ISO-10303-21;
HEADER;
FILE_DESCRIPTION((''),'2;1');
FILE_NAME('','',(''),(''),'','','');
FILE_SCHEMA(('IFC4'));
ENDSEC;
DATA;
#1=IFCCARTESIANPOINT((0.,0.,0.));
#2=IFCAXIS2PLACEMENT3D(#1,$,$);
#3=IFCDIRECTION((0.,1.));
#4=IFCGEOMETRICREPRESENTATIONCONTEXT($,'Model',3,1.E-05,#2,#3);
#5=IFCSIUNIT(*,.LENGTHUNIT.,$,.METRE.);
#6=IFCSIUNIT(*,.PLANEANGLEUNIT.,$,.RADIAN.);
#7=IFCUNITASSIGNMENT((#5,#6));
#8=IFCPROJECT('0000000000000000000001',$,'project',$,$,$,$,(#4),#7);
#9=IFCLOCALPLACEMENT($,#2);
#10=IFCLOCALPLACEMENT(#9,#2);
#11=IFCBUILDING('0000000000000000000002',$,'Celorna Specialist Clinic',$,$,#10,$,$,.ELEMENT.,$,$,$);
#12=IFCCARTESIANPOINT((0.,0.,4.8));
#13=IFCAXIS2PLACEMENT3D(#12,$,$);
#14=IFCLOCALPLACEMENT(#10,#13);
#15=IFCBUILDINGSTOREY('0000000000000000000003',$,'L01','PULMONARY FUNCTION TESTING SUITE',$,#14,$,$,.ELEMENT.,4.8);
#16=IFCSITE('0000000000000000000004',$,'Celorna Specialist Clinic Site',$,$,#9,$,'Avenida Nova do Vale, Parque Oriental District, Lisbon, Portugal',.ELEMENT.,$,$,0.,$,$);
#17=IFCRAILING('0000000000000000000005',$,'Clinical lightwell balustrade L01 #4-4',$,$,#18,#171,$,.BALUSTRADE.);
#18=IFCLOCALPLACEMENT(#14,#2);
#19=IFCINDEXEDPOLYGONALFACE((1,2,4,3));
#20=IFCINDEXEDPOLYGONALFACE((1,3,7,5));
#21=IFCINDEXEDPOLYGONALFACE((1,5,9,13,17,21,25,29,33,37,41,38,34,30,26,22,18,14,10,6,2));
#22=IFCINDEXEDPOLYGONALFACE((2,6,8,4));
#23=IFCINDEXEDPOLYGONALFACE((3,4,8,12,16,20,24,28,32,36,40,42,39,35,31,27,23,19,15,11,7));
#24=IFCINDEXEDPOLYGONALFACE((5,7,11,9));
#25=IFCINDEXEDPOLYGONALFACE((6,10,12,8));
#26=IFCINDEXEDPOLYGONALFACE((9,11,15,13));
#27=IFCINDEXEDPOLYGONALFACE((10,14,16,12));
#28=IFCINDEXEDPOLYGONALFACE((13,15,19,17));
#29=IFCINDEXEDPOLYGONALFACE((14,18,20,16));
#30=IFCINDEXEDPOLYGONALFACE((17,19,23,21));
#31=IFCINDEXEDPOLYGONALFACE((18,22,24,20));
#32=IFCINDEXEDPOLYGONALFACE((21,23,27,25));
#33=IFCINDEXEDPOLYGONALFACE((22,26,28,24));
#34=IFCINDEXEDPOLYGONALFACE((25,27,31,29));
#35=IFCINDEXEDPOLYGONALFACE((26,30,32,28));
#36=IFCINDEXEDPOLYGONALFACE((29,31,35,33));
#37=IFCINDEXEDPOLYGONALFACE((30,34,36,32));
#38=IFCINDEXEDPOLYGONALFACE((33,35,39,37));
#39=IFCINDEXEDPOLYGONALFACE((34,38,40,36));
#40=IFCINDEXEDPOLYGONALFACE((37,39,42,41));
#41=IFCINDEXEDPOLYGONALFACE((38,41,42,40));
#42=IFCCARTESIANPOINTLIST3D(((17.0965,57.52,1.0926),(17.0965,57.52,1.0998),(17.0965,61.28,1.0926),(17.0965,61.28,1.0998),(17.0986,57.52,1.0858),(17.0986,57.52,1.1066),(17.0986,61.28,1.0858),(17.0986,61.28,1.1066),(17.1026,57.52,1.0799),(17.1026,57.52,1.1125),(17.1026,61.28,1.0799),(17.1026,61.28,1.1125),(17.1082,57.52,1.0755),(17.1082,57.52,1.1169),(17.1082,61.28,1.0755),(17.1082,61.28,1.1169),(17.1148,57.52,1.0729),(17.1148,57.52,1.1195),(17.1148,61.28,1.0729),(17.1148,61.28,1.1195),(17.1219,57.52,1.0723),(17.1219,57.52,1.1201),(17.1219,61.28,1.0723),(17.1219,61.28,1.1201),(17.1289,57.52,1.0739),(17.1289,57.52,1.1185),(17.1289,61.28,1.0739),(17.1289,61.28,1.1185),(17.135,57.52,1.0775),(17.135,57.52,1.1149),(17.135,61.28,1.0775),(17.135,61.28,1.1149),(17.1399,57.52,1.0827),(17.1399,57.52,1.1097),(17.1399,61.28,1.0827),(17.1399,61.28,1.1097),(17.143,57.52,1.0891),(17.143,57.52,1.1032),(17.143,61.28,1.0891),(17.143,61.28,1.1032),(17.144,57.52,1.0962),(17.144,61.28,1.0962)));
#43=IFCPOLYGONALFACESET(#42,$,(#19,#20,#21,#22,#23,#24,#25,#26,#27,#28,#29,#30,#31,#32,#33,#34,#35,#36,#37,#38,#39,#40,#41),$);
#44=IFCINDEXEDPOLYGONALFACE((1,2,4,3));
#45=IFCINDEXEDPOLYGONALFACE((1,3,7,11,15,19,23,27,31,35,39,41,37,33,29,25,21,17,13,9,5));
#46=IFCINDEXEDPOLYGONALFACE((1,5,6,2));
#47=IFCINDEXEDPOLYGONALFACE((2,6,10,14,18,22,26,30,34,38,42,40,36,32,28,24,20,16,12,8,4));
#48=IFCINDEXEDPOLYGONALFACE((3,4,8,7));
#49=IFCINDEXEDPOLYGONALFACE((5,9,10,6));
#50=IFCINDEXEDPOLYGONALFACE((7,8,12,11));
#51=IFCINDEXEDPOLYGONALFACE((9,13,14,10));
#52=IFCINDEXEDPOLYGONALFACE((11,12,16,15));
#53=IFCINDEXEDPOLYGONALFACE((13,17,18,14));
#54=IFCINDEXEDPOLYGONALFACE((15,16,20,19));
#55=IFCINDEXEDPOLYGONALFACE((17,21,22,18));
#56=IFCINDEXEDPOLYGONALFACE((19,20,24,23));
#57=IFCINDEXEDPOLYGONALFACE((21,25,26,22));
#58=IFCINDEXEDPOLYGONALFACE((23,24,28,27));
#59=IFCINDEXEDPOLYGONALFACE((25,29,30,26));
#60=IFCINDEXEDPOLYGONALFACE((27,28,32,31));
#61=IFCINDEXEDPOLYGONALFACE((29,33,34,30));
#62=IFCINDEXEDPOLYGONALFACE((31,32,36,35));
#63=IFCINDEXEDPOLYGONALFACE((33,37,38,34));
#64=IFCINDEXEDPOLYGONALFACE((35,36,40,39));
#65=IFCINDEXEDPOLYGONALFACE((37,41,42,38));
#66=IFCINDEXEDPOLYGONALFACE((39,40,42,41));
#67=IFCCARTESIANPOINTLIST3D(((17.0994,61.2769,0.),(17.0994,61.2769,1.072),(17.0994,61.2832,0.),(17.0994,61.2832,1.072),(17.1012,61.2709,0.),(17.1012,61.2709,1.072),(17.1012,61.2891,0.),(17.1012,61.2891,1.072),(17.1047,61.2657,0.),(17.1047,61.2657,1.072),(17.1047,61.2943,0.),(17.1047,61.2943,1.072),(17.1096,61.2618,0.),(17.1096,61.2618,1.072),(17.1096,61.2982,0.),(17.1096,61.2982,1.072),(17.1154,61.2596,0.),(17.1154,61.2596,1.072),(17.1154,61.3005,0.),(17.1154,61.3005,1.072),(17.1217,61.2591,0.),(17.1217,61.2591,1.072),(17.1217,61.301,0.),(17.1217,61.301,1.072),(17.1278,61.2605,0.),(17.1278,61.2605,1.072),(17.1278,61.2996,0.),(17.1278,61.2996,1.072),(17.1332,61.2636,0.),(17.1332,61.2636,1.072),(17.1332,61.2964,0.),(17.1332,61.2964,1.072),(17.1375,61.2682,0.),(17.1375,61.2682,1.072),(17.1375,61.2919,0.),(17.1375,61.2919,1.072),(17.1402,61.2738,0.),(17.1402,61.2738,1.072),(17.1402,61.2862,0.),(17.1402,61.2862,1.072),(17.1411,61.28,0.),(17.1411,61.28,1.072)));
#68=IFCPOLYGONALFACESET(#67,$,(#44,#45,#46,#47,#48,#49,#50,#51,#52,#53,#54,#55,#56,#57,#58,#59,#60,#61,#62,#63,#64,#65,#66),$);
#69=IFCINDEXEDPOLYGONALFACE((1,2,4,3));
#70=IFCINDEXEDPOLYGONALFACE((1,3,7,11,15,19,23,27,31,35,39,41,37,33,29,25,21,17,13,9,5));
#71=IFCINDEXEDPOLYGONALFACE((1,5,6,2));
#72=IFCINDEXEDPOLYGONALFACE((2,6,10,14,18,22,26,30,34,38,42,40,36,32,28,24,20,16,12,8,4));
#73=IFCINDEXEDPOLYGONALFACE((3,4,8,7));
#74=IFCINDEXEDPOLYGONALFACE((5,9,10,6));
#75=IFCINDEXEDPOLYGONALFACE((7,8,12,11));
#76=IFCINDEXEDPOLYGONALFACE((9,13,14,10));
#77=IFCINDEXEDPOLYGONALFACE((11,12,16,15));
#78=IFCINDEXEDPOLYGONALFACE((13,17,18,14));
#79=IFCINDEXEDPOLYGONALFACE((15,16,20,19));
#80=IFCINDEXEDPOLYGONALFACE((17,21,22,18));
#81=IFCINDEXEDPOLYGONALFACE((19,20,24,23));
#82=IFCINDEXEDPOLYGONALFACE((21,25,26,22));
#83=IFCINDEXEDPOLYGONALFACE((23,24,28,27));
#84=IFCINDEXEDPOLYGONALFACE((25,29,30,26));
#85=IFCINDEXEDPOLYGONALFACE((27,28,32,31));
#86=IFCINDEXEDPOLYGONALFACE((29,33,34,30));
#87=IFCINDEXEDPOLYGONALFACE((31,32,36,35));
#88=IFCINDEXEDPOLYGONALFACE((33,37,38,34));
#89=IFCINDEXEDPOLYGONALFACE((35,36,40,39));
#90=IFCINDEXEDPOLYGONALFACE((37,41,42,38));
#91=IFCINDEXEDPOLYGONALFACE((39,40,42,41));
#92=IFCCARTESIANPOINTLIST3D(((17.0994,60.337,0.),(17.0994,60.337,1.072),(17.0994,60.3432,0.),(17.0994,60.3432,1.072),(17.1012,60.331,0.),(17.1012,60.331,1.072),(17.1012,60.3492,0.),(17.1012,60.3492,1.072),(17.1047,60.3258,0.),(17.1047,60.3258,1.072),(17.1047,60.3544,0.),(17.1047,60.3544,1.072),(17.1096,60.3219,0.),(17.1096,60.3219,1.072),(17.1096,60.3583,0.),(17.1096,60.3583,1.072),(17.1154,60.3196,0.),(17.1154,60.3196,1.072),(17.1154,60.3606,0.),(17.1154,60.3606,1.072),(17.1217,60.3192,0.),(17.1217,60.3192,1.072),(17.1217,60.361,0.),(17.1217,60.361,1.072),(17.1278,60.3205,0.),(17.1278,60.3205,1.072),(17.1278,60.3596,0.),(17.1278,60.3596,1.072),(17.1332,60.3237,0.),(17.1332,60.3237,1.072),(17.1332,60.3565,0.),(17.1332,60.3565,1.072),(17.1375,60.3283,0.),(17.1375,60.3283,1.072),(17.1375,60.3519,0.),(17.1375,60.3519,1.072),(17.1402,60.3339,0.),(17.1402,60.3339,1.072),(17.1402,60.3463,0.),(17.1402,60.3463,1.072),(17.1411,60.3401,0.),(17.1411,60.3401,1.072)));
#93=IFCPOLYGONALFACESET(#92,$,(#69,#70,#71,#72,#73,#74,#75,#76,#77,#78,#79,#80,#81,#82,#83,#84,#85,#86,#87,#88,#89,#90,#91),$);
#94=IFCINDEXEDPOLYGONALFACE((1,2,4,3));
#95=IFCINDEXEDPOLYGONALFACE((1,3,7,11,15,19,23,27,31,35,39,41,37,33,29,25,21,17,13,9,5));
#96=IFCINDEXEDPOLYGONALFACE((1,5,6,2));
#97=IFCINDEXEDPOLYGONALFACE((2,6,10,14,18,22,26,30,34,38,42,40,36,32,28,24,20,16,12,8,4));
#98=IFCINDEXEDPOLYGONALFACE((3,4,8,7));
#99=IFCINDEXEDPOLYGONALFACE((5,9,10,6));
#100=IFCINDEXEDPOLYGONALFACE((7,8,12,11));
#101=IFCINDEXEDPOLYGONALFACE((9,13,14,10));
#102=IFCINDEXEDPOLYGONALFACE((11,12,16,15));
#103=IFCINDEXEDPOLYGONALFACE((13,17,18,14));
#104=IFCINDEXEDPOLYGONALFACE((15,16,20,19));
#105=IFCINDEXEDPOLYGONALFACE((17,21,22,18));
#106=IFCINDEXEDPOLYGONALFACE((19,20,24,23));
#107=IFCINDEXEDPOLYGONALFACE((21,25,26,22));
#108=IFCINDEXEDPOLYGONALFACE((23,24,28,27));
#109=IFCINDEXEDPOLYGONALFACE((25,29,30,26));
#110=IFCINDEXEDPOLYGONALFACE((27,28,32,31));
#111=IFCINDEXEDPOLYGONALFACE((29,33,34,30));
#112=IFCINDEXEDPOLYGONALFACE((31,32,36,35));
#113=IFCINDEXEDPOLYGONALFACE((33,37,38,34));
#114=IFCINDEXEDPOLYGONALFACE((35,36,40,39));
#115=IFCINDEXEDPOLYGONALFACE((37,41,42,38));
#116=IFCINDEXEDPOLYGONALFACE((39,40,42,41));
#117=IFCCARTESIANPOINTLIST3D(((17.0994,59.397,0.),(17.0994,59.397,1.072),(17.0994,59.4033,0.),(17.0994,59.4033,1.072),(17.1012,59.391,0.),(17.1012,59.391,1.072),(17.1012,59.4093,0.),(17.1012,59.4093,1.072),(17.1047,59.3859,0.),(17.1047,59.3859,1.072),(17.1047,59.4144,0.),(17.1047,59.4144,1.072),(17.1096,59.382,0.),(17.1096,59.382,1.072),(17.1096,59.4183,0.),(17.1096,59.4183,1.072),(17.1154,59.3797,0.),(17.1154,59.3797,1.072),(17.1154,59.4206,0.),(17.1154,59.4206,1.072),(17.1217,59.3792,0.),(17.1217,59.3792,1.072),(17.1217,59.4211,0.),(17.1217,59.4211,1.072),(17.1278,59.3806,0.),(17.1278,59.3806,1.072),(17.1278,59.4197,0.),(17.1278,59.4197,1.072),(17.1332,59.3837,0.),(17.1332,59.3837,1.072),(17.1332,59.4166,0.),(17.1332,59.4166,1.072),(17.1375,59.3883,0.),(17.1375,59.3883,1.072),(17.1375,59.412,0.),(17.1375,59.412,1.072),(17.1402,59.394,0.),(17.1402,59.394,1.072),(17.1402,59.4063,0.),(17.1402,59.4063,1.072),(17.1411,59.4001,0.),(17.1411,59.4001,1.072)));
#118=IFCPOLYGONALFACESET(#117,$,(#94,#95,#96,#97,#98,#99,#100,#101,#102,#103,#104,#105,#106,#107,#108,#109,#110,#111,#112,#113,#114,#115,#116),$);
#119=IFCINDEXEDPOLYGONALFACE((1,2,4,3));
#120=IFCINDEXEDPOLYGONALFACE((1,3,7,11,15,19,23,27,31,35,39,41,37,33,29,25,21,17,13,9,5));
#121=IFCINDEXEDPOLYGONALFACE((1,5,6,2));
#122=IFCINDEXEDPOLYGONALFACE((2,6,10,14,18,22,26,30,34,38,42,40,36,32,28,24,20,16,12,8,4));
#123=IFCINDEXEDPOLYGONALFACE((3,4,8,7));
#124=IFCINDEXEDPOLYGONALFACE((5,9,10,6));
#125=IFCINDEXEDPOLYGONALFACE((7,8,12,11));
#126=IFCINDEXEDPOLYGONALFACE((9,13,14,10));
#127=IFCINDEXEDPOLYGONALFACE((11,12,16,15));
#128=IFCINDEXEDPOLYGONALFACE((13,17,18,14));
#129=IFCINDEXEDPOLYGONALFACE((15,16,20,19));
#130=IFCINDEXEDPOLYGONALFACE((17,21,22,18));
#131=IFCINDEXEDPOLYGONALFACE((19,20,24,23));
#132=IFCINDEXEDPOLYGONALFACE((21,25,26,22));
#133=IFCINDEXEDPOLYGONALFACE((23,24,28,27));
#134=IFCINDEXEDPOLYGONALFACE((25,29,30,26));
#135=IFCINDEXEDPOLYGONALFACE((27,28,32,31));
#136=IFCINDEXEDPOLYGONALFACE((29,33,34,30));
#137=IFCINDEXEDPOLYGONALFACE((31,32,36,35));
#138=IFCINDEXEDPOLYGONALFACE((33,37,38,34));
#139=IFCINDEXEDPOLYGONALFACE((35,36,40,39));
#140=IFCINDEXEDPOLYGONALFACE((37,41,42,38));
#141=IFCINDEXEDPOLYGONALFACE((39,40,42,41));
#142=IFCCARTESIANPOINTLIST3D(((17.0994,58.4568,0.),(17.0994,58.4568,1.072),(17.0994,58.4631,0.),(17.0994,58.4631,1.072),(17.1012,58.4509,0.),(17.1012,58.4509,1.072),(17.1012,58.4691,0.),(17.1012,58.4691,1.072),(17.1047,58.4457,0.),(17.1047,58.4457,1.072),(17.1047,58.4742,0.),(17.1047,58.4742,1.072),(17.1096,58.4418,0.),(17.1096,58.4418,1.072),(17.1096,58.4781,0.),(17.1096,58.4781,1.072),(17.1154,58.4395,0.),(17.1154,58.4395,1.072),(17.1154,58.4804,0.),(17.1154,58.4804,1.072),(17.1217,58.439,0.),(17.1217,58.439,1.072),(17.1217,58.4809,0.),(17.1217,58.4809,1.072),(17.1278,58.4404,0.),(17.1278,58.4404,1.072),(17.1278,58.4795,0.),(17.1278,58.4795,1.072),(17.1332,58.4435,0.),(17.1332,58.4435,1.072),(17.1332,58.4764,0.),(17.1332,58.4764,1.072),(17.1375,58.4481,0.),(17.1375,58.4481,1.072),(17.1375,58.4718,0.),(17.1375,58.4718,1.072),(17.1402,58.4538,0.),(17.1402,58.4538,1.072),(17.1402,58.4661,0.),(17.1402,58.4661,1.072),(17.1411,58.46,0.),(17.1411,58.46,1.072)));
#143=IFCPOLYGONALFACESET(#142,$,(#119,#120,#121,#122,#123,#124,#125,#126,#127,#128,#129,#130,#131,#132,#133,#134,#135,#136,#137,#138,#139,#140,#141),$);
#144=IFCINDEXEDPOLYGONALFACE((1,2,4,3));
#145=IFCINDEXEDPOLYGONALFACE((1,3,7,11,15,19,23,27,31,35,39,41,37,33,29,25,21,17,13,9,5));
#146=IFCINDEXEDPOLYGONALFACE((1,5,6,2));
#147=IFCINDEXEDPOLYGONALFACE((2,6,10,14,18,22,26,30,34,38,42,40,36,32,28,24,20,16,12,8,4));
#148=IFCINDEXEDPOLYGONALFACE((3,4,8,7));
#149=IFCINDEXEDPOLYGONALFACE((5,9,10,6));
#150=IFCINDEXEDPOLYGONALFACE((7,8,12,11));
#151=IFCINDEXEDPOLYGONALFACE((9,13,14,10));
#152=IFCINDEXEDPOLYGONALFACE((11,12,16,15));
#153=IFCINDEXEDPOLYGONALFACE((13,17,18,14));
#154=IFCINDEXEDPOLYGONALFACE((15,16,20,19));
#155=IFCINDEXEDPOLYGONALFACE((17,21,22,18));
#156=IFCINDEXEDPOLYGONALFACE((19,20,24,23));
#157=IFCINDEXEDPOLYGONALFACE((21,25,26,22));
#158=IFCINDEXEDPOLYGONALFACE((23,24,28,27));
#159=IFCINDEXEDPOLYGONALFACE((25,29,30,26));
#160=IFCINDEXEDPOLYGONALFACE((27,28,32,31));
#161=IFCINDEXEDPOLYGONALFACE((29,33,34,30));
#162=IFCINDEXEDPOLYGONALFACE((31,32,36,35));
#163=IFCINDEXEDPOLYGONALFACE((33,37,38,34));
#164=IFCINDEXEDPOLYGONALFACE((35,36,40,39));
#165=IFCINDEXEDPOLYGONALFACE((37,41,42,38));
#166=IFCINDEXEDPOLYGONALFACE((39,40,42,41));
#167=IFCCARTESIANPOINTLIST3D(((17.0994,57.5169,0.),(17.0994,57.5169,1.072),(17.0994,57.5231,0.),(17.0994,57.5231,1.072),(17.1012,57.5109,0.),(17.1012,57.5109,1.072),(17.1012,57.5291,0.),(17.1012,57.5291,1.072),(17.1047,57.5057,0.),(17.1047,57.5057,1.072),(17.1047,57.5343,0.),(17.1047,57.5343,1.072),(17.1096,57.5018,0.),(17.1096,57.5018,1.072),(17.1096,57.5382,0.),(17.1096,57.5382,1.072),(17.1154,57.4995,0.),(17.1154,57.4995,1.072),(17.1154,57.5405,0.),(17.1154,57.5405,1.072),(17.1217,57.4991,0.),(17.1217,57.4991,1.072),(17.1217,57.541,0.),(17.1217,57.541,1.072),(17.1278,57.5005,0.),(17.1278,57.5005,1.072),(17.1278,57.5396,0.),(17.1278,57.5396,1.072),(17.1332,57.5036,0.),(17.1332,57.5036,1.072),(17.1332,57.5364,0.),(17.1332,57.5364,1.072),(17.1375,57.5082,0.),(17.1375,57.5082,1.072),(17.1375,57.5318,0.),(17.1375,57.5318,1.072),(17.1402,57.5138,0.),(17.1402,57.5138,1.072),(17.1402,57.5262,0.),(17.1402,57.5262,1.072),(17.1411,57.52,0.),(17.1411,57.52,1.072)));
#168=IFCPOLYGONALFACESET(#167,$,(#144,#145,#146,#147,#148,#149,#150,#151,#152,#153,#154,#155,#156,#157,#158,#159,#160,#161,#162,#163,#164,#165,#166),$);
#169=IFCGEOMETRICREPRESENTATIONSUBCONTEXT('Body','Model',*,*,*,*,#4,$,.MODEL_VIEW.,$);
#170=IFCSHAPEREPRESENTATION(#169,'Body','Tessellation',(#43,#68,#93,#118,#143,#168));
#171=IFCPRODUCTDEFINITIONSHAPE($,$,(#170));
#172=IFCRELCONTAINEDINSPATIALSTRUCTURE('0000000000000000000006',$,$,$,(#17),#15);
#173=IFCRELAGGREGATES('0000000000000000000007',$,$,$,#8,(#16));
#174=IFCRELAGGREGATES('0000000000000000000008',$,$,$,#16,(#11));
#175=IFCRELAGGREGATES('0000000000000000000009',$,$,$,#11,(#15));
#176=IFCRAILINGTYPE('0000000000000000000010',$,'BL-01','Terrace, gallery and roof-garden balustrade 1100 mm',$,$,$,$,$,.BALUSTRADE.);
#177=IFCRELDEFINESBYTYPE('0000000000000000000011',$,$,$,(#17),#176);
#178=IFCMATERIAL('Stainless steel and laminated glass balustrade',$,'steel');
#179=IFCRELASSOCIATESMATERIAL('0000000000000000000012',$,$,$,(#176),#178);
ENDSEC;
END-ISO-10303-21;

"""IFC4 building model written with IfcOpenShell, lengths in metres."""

from ifc_helpers import new_model, si_unit, direction, frame, origin, origin_2d, place, context, subcontext, project, spatial, circle, extrude, material, type_object, element, save


model = new_model("IFC4")

# Units and contexts
model_context = context("Model", 3, precision=1e-05, world=origin(), true_north=direction((0.0, 1.0)))
body_context = subcontext(model_context, "Body", "Model", "MODEL_VIEW")
ifc_project = project(units=[si_unit("LENGTHUNIT", "METRE"), si_unit("PLANEANGLEUNIT", "RADIAN")], contexts=[model_context])

# Site, building, storey
site_placement = place(None, origin())
site = spatial("IfcSite", under=ifc_project, at=site_placement, Name="Celorna Specialist Clinic Site", LongName="Avenida Nova do Vale, Parque Oriental District, Lisbon, Portugal", CompositionType="ELEMENT", RefElevation=0.0)
building_placement = place(site_placement, origin())
building = spatial("IfcBuilding", under=site, at=building_placement, Name="Celorna Specialist Clinic", CompositionType="ELEMENT")
storey_placement = place(building_placement, frame((0.0, 0.0, 4.8)))
storey = spatial("IfcBuildingStorey", under=building, at=storey_placement, Name="L01", Description="PULMONARY FUNCTION TESTING SUITE", CompositionType="ELEMENT", Elevation=4.8)

# Railing
ifc_material_1 = material(Name="Stainless steel and laminated glass balustrade", Category="steel")
railing_type = type_object("IfcRailingType", Name="BL-01", Description="Terrace, gallery and roof-garden balustrade 1100 mm", PredefinedType="BALUSTRADE", material=ifc_material_1)
railing_1_placement = place(storey_placement, frame((17.1201, 61.28, 0.0)))
element("IfcRailing", 1, at=railing_1_placement, inside=storey, type_object=railing_type, Name="Clinical lightwell balustrade L01 #4-4", PredefinedType="BALUSTRADE", context=body_context, shape_type="SweptSolid", body=[
    extrude(circle(Radius=0.0239, at=origin_2d()), frame((0.0, 0.0, 1.0962), z_axis=(0.0, -1.0, 0.0), x_axis=(1.0, 0.0, 0.0)), (0.0, 0.0, 1.0), 3.76),
    extrude(circle(Radius=0.021, at=origin_2d()), origin(), (0.0, 0.0, 1.0), 1.072),
    extrude(circle(Radius=0.021, at=origin_2d()), frame((0.0, -0.9399, 0.0)), (0.0, 0.0, 1.0), 1.072),
    extrude(circle(Radius=0.021, at=origin_2d()), frame((0.0, -1.8799, 0.0)), (0.0, 0.0, 1.0), 1.072),
    extrude(circle(Radius=0.021, at=origin_2d()), frame((0.0, -2.8201, 0.0)), (0.0, 0.0, 1.0), 1.072),
    extrude(circle(Radius=0.021, at=origin_2d()), frame((0.0, -3.76, 0.0)), (0.0, 0.0, 1.0), 1.072),
])

save(model, "model.ifc")
